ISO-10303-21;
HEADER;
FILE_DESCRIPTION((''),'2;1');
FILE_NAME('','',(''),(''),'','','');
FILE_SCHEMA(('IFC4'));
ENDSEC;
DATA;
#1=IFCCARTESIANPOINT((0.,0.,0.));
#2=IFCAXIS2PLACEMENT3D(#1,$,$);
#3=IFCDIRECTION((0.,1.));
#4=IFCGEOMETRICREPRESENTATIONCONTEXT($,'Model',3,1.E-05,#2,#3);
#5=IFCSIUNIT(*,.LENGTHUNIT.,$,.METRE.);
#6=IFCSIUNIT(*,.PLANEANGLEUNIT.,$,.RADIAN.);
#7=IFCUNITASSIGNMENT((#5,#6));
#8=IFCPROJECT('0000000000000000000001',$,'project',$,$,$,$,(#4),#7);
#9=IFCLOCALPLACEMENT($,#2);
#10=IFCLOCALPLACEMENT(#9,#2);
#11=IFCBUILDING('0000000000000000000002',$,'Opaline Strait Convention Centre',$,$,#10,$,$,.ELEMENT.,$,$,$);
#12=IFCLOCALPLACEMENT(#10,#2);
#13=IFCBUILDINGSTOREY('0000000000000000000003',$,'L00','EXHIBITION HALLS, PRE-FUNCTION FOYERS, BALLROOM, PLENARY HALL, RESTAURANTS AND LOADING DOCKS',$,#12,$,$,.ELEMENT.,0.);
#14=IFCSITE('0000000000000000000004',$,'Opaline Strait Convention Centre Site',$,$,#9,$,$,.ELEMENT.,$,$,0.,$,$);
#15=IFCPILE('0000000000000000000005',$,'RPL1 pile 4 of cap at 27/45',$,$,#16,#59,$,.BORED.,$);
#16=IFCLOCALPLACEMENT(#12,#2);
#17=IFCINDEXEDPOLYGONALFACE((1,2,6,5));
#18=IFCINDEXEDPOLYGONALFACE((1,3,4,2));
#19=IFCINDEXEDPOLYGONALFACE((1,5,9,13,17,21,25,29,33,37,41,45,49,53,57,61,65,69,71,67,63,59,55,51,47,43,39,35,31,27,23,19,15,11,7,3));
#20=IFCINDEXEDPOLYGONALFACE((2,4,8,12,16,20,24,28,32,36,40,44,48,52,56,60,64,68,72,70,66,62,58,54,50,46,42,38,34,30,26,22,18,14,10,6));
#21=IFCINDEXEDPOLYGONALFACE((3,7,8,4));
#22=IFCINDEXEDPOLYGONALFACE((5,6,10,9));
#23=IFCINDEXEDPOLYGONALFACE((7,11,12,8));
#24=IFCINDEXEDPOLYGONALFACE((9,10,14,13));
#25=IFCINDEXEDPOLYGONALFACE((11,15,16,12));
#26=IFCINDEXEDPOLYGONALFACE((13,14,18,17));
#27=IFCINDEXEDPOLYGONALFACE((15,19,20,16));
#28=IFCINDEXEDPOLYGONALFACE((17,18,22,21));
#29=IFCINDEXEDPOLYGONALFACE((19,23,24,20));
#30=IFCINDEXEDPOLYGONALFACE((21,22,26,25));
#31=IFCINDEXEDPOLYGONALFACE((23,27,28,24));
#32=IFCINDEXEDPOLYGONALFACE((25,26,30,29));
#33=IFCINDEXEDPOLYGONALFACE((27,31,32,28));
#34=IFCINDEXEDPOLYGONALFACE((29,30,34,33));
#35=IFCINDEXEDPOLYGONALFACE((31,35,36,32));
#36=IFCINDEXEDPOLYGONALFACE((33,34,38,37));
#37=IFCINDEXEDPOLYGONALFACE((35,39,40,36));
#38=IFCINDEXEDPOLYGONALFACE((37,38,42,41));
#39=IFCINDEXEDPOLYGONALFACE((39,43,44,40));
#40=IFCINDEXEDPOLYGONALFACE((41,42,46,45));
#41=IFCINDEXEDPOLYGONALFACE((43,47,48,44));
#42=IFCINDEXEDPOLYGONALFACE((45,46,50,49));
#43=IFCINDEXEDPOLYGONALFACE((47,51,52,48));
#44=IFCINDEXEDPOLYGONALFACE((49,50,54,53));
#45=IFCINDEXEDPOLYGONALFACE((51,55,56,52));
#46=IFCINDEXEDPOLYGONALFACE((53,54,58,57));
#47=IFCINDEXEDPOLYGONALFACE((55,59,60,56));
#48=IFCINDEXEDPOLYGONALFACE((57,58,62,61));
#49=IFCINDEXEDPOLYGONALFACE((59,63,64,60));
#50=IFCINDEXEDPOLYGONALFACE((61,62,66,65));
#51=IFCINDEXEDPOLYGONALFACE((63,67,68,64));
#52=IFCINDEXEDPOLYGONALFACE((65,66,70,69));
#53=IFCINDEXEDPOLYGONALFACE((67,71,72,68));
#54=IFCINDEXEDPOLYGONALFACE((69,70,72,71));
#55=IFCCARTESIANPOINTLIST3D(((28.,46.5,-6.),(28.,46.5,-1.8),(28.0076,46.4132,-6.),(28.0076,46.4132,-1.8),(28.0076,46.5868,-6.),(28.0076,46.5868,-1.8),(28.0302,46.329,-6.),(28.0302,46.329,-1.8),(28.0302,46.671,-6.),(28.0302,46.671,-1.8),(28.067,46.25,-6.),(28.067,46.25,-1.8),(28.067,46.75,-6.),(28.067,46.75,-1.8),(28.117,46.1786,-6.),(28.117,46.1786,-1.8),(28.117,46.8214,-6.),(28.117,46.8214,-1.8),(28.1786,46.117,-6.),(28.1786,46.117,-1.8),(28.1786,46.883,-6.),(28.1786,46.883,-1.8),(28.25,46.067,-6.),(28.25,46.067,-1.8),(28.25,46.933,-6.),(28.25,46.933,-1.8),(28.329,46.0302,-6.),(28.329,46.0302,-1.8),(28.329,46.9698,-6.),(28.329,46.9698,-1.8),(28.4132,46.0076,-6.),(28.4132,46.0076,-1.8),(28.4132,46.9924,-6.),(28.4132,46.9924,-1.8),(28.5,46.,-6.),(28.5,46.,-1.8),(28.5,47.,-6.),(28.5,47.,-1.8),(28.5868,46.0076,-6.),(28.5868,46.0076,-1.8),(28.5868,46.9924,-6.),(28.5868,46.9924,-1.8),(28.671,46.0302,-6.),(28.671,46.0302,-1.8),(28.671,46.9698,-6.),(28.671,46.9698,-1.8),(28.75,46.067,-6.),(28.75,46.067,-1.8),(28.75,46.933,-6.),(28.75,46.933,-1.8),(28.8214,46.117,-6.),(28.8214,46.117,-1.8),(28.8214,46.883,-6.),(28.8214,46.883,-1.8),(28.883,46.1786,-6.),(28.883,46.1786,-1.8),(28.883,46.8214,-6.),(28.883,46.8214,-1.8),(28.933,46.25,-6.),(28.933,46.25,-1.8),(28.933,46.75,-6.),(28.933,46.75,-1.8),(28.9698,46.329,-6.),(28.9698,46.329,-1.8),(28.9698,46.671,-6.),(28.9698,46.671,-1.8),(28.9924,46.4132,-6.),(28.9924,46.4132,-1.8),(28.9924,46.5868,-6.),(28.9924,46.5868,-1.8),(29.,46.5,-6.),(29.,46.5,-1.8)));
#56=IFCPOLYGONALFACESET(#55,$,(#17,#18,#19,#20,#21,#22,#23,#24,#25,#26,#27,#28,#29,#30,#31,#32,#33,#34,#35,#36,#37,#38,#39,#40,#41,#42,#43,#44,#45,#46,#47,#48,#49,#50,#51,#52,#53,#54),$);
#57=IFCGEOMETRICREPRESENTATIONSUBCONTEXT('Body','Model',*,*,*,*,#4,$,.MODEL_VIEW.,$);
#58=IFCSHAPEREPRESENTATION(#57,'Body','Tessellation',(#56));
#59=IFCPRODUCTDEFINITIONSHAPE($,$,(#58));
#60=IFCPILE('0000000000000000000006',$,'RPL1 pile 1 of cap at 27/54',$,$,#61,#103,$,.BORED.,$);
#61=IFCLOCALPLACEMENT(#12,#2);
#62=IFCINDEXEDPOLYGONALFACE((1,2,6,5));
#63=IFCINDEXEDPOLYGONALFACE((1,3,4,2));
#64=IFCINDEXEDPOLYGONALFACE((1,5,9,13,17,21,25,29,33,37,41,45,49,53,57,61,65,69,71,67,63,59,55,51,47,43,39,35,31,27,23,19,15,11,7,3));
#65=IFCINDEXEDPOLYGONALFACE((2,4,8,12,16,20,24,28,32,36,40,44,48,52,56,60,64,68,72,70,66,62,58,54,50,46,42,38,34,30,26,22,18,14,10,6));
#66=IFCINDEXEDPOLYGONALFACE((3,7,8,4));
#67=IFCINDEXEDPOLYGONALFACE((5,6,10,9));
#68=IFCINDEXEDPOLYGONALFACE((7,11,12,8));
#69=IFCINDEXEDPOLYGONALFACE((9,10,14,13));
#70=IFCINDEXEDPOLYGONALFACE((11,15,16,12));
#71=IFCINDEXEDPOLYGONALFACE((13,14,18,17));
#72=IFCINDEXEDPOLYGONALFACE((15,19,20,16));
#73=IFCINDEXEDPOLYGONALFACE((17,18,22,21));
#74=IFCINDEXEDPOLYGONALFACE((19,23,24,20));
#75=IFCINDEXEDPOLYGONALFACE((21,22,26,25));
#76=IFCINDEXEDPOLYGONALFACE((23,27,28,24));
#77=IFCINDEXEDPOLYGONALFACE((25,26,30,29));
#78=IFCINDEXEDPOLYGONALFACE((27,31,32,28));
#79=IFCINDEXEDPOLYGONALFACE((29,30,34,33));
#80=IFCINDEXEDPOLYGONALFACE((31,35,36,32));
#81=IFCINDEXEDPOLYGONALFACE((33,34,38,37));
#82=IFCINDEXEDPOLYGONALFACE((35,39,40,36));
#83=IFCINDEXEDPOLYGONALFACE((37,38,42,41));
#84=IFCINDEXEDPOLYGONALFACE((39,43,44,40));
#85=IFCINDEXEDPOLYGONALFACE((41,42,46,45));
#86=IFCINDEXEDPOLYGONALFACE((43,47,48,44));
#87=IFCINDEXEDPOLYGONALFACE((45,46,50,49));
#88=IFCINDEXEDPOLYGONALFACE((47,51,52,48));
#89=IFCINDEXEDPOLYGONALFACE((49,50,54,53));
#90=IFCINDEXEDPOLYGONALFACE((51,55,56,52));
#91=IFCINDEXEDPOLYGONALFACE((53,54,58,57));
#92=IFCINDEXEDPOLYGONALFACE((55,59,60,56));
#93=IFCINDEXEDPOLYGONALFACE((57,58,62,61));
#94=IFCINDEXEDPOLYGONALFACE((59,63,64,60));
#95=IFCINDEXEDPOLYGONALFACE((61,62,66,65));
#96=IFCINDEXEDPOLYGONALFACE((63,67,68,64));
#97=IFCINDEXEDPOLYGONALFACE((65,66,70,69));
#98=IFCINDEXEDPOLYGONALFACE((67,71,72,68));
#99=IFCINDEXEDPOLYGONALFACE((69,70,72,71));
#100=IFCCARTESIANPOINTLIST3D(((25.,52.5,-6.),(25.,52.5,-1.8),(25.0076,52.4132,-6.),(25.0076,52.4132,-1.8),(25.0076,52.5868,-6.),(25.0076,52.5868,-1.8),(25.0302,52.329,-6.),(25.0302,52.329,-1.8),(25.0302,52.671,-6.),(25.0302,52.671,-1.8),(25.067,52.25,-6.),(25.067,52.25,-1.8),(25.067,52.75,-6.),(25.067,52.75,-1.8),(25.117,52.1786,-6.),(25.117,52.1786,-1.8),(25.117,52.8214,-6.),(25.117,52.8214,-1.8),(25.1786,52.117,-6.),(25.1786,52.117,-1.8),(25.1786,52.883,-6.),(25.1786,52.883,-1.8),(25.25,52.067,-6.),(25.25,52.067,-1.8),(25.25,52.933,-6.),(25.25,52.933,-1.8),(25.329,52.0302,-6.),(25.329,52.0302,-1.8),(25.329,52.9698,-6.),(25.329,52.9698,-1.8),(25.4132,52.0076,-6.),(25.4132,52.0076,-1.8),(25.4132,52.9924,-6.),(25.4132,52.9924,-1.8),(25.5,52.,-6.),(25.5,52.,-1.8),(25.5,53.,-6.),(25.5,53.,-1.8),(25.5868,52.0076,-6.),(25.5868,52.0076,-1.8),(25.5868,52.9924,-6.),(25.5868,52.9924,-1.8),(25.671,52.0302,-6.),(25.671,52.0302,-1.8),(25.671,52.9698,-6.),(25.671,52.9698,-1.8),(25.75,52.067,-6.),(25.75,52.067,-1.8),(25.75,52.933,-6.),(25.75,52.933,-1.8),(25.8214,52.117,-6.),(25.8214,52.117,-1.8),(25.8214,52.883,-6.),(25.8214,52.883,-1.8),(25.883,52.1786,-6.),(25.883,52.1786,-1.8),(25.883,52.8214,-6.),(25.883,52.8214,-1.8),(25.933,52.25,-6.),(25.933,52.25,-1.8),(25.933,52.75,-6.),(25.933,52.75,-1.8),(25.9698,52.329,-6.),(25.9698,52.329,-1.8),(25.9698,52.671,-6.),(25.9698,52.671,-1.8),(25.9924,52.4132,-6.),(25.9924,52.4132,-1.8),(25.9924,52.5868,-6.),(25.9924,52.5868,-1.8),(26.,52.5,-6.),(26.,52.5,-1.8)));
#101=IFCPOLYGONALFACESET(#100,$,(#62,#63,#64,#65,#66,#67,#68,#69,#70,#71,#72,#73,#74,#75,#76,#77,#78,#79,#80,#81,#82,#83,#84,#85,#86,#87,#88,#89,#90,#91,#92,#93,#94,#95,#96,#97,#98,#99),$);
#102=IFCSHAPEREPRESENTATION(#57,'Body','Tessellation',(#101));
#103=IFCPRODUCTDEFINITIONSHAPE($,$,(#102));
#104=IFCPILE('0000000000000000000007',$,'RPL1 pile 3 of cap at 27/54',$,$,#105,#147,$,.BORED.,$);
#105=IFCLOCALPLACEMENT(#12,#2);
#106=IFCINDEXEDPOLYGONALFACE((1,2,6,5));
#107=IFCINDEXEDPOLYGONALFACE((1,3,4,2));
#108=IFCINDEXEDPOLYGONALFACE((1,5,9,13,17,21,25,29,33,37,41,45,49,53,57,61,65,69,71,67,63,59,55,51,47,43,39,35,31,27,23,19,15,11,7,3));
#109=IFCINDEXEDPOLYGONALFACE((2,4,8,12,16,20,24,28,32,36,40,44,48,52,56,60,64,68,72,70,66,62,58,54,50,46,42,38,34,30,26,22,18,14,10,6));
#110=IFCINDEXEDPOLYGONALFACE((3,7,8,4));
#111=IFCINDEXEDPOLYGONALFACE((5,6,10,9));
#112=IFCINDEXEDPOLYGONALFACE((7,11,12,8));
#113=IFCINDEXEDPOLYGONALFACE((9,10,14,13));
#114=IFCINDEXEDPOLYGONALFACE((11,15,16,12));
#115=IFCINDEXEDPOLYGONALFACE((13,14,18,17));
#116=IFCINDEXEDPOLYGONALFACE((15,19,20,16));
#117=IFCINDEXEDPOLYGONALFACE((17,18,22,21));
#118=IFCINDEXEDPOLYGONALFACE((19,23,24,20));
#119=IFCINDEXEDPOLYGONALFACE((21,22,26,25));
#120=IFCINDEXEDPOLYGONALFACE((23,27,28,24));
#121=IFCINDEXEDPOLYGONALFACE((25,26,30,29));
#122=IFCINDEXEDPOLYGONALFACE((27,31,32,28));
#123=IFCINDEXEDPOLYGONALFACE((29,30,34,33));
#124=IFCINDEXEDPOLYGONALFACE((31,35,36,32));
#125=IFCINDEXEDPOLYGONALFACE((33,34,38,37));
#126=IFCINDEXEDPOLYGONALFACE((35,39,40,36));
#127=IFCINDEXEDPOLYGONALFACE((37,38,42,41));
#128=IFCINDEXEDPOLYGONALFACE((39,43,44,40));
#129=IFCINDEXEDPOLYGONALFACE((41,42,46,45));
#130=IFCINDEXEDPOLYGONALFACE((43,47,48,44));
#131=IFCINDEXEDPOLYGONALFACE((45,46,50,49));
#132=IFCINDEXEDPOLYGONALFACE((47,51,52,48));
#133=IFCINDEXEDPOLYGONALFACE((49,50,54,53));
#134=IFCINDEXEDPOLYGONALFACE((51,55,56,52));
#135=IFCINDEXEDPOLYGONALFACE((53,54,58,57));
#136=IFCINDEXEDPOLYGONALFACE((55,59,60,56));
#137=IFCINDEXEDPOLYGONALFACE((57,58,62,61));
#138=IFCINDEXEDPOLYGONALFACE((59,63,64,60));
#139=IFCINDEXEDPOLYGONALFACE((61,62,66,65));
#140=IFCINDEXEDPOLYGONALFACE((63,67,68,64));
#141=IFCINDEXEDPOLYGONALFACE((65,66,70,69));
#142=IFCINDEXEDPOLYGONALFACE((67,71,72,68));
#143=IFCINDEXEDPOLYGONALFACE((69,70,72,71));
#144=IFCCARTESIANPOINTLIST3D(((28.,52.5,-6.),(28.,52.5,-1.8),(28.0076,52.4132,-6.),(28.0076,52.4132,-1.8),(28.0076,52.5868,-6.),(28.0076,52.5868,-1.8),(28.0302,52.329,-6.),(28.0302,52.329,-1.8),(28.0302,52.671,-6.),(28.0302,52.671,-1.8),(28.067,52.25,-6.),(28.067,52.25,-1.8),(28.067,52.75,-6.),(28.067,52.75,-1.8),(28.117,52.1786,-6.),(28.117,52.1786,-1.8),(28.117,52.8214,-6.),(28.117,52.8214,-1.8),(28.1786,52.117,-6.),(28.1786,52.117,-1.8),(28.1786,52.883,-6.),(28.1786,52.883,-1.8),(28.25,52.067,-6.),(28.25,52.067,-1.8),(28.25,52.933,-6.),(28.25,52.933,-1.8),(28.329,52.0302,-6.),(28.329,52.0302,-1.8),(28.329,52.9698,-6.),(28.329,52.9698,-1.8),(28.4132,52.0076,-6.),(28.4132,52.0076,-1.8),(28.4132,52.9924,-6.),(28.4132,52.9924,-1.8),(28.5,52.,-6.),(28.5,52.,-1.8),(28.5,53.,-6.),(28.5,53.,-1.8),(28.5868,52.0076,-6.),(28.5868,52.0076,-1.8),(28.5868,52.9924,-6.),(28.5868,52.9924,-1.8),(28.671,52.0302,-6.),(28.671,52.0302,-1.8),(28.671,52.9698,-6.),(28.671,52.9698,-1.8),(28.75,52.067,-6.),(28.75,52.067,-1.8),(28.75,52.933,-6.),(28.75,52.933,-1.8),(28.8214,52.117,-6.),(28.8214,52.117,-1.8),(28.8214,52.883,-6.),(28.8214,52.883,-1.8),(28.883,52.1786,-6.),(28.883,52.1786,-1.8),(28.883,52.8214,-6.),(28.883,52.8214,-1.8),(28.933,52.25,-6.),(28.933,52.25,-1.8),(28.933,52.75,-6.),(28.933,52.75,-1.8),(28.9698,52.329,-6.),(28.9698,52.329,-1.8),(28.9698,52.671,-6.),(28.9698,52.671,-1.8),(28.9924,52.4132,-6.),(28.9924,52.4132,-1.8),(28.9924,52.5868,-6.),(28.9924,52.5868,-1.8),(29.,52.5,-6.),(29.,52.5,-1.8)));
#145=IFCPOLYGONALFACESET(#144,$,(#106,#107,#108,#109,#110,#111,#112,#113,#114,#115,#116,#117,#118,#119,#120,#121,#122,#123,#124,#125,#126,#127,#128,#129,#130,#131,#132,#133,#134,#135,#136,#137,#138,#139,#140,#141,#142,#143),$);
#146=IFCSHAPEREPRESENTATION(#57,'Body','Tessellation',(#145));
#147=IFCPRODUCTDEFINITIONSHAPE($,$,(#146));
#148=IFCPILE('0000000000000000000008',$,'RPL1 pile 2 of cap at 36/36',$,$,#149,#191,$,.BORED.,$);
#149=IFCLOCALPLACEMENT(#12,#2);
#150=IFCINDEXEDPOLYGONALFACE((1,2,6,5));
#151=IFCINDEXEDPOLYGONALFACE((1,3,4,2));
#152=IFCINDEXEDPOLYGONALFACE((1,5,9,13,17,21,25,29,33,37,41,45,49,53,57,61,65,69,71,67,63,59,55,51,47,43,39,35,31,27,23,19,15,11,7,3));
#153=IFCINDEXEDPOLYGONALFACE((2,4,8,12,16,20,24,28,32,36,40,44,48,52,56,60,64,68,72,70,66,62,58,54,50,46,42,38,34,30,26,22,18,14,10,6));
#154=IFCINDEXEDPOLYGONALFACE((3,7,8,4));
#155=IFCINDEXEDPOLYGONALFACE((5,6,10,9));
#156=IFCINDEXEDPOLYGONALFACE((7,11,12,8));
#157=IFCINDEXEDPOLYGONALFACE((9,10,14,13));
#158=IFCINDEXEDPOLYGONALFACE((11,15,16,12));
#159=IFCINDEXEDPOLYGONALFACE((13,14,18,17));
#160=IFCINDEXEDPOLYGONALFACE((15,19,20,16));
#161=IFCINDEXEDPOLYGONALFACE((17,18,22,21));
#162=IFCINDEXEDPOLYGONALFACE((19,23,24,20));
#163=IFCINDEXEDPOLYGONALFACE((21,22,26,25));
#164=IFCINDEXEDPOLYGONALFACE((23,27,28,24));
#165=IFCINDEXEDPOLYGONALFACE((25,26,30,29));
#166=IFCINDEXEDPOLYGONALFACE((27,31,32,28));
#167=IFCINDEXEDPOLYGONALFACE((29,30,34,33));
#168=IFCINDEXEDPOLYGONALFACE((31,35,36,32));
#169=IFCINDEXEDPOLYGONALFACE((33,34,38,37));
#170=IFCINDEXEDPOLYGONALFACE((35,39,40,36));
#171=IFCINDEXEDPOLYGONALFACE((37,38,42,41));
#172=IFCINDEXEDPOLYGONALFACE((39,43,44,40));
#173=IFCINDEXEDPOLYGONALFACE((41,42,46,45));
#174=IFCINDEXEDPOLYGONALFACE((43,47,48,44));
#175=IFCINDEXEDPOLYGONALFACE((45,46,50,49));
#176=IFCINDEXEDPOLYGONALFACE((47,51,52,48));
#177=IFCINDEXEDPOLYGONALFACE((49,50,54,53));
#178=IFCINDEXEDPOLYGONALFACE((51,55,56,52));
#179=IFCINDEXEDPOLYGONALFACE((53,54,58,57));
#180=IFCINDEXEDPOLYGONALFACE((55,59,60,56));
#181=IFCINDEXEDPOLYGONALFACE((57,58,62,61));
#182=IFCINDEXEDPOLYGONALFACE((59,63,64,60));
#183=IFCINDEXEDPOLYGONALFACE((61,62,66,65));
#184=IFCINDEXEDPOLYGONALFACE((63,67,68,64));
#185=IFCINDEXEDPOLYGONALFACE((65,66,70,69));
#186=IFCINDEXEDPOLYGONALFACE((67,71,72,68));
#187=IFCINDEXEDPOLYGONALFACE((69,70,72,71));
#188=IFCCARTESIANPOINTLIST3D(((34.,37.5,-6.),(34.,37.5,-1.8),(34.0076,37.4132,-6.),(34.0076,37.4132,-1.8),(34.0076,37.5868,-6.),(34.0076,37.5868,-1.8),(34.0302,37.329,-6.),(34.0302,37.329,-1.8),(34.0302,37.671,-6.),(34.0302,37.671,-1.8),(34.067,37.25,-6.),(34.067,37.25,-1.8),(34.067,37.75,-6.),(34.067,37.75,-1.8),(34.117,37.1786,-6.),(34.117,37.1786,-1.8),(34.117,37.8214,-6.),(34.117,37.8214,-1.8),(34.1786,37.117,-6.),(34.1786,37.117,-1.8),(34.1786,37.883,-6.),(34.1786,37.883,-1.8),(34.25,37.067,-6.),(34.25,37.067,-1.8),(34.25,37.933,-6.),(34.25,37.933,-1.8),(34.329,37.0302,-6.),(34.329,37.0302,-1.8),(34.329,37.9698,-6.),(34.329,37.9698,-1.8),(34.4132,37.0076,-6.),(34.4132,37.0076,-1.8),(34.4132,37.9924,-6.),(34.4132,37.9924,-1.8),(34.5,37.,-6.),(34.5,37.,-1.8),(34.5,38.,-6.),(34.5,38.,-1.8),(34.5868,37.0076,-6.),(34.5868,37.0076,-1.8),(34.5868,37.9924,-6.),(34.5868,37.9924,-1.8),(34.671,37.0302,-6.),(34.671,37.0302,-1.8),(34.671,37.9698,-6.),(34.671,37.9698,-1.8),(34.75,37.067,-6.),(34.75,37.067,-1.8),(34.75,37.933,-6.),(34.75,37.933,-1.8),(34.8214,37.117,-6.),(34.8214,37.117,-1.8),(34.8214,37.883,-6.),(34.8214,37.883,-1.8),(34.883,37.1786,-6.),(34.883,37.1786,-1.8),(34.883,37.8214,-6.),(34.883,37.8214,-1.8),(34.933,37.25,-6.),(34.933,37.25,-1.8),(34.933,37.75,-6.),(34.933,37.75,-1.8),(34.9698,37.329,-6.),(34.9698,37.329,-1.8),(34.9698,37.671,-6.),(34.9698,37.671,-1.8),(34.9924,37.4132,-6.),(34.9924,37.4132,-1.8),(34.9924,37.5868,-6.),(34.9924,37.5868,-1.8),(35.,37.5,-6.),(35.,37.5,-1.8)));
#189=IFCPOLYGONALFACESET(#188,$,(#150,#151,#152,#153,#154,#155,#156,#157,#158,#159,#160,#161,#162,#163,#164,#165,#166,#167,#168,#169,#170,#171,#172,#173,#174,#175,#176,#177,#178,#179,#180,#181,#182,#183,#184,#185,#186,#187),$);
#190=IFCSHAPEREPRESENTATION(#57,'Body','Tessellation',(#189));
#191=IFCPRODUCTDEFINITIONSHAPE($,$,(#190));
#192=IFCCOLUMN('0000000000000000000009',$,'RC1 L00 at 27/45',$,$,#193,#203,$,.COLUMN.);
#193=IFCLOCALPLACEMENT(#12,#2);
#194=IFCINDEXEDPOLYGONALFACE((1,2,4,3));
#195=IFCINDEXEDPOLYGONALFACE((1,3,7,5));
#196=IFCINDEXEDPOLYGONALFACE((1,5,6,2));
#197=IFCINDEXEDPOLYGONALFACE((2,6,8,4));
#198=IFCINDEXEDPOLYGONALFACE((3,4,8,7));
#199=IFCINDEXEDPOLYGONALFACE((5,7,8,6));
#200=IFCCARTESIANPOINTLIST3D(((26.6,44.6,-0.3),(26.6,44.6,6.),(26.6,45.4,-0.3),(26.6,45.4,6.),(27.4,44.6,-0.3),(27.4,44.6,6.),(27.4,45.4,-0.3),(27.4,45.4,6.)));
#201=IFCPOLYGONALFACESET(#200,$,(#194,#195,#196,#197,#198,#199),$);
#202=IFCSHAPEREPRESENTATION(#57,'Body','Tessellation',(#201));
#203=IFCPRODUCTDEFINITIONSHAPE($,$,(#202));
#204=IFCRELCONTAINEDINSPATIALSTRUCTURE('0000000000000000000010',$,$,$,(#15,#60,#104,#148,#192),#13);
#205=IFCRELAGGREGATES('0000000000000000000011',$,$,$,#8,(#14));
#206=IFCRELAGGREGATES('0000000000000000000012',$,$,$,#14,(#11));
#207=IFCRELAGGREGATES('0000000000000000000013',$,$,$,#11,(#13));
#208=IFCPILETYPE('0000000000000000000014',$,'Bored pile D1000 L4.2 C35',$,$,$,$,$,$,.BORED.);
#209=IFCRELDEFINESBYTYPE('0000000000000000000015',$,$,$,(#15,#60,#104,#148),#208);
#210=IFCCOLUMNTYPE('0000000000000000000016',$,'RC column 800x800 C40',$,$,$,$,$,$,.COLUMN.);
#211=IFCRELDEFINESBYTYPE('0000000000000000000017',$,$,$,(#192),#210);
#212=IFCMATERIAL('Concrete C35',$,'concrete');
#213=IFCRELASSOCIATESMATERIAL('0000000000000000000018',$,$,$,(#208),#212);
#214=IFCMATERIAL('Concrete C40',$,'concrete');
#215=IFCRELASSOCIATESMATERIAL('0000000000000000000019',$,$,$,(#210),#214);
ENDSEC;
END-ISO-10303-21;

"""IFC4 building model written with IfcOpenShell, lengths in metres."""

from ifc_helpers import new_model, si_unit, direction, frame, origin, origin_2d, place, context, subcontext, project, spatial, rectangle, circle, extrude, material, material_profile, profile_set, type_object, element, save


model = new_model("IFC4")

# Units and contexts
model_context = context("Model", 3, precision=1e-05, world=origin(), true_north=direction((0.0, 1.0)))
body_context = subcontext(model_context, "Body", "Model", "MODEL_VIEW")
ifc_project = project(units=[si_unit("LENGTHUNIT", "METRE"), si_unit("PLANEANGLEUNIT", "RADIAN")], contexts=[model_context])

# Site, building, storey
site_placement = place(None, origin())
site = spatial("IfcSite", under=ifc_project, at=site_placement, Name="Opaline Strait Convention Centre Site", CompositionType="ELEMENT", RefElevation=0.0)
building_placement = place(site_placement, origin())
building = spatial("IfcBuilding", under=site, at=building_placement, Name="Opaline Strait Convention Centre", CompositionType="ELEMENT")
storey_placement = place(building_placement, origin())
storey = spatial("IfcBuildingStorey", under=building, at=storey_placement, Name="L00", Description="EXHIBITION HALLS, PRE-FUNCTION FOYERS, BALLROOM, PLENARY HALL, RESTAURANTS AND LOADING DOCKS", CompositionType="ELEMENT", Elevation=0.0)

# Piles
ifc_material_1 = material(Name="Concrete C35", Category="concrete")
ifc_material_profile_1 = material_profile(ifc_material_1, circle(Radius=0.5, at=origin_2d()), Name="D1000")
ifc_profile_set_1 = profile_set([ifc_material_profile_1], Name="Concrete C35")
pile_type = type_object("IfcPileType", Name="Bored pile D1000 L4.2 C35", PredefinedType="BORED", material=ifc_profile_set_1)
for number, where, z_axis, x_axis, name in (
    (1, (28.5, 46.5, -1.8), (0.0, 0.0, -1.0), (1.0, 0.0, 0.0), "RPL1 pile 4 of cap at 27/45"),
    (2, (25.5, 52.5, -1.8), (0.0, 0.0, -1.0), (1.0, 0.0, 0.0), "RPL1 pile 1 of cap at 27/54"),
    (3, (28.5, 52.5, -1.8), (0.0, 0.0, -1.0), (1.0, 0.0, 0.0), "RPL1 pile 3 of cap at 27/54"),
    (4, (34.5, 37.5, -1.8), (0.0, 0.0, -1.0), (1.0, 0.0, 0.0), "RPL1 pile 2 of cap at 36/36"),
):
    element("IfcPile", number, at=place(storey_placement, frame(where, z_axis=z_axis, x_axis=x_axis)), inside=storey, type_object=pile_type, Name=name, PredefinedType="BORED", context=body_context, shape_type="SweptSolid", body=[
        extrude(circle(Radius=0.5, at=origin_2d()), origin(), (0.0, 0.0, 1.0), 4.2),
    ])

# Column
ifc_material_2 = material(Name="Concrete C40", Category="concrete")
ifc_material_profile_2 = material_profile(ifc_material_2, rectangle(XDim=0.8, YDim=0.8, at=origin_2d()), Name="RC 800x800")
ifc_profile_set_2 = profile_set([ifc_material_profile_2], Name="Concrete C40")
column_type = type_object("IfcColumnType", Name="RC column 800x800 C40", PredefinedType="COLUMN", material=ifc_profile_set_2)
column_placement = place(storey_placement, frame((27.0, 45.0, -0.3), z_axis=(0.0, 0.0, 1.0), x_axis=(1.0, 0.0, 0.0)))
element("IfcColumn", 5, at=column_placement, inside=storey, type_object=column_type, Name="RC1 L00 at 27/45", PredefinedType="COLUMN", context=body_context, shape_type="SweptSolid", body=[
    extrude(rectangle(XDim=0.8, YDim=0.8, at=origin_2d()), origin(), (0.0, 0.0, 1.0), 6.3),
])

save(model, "model.ifc")
